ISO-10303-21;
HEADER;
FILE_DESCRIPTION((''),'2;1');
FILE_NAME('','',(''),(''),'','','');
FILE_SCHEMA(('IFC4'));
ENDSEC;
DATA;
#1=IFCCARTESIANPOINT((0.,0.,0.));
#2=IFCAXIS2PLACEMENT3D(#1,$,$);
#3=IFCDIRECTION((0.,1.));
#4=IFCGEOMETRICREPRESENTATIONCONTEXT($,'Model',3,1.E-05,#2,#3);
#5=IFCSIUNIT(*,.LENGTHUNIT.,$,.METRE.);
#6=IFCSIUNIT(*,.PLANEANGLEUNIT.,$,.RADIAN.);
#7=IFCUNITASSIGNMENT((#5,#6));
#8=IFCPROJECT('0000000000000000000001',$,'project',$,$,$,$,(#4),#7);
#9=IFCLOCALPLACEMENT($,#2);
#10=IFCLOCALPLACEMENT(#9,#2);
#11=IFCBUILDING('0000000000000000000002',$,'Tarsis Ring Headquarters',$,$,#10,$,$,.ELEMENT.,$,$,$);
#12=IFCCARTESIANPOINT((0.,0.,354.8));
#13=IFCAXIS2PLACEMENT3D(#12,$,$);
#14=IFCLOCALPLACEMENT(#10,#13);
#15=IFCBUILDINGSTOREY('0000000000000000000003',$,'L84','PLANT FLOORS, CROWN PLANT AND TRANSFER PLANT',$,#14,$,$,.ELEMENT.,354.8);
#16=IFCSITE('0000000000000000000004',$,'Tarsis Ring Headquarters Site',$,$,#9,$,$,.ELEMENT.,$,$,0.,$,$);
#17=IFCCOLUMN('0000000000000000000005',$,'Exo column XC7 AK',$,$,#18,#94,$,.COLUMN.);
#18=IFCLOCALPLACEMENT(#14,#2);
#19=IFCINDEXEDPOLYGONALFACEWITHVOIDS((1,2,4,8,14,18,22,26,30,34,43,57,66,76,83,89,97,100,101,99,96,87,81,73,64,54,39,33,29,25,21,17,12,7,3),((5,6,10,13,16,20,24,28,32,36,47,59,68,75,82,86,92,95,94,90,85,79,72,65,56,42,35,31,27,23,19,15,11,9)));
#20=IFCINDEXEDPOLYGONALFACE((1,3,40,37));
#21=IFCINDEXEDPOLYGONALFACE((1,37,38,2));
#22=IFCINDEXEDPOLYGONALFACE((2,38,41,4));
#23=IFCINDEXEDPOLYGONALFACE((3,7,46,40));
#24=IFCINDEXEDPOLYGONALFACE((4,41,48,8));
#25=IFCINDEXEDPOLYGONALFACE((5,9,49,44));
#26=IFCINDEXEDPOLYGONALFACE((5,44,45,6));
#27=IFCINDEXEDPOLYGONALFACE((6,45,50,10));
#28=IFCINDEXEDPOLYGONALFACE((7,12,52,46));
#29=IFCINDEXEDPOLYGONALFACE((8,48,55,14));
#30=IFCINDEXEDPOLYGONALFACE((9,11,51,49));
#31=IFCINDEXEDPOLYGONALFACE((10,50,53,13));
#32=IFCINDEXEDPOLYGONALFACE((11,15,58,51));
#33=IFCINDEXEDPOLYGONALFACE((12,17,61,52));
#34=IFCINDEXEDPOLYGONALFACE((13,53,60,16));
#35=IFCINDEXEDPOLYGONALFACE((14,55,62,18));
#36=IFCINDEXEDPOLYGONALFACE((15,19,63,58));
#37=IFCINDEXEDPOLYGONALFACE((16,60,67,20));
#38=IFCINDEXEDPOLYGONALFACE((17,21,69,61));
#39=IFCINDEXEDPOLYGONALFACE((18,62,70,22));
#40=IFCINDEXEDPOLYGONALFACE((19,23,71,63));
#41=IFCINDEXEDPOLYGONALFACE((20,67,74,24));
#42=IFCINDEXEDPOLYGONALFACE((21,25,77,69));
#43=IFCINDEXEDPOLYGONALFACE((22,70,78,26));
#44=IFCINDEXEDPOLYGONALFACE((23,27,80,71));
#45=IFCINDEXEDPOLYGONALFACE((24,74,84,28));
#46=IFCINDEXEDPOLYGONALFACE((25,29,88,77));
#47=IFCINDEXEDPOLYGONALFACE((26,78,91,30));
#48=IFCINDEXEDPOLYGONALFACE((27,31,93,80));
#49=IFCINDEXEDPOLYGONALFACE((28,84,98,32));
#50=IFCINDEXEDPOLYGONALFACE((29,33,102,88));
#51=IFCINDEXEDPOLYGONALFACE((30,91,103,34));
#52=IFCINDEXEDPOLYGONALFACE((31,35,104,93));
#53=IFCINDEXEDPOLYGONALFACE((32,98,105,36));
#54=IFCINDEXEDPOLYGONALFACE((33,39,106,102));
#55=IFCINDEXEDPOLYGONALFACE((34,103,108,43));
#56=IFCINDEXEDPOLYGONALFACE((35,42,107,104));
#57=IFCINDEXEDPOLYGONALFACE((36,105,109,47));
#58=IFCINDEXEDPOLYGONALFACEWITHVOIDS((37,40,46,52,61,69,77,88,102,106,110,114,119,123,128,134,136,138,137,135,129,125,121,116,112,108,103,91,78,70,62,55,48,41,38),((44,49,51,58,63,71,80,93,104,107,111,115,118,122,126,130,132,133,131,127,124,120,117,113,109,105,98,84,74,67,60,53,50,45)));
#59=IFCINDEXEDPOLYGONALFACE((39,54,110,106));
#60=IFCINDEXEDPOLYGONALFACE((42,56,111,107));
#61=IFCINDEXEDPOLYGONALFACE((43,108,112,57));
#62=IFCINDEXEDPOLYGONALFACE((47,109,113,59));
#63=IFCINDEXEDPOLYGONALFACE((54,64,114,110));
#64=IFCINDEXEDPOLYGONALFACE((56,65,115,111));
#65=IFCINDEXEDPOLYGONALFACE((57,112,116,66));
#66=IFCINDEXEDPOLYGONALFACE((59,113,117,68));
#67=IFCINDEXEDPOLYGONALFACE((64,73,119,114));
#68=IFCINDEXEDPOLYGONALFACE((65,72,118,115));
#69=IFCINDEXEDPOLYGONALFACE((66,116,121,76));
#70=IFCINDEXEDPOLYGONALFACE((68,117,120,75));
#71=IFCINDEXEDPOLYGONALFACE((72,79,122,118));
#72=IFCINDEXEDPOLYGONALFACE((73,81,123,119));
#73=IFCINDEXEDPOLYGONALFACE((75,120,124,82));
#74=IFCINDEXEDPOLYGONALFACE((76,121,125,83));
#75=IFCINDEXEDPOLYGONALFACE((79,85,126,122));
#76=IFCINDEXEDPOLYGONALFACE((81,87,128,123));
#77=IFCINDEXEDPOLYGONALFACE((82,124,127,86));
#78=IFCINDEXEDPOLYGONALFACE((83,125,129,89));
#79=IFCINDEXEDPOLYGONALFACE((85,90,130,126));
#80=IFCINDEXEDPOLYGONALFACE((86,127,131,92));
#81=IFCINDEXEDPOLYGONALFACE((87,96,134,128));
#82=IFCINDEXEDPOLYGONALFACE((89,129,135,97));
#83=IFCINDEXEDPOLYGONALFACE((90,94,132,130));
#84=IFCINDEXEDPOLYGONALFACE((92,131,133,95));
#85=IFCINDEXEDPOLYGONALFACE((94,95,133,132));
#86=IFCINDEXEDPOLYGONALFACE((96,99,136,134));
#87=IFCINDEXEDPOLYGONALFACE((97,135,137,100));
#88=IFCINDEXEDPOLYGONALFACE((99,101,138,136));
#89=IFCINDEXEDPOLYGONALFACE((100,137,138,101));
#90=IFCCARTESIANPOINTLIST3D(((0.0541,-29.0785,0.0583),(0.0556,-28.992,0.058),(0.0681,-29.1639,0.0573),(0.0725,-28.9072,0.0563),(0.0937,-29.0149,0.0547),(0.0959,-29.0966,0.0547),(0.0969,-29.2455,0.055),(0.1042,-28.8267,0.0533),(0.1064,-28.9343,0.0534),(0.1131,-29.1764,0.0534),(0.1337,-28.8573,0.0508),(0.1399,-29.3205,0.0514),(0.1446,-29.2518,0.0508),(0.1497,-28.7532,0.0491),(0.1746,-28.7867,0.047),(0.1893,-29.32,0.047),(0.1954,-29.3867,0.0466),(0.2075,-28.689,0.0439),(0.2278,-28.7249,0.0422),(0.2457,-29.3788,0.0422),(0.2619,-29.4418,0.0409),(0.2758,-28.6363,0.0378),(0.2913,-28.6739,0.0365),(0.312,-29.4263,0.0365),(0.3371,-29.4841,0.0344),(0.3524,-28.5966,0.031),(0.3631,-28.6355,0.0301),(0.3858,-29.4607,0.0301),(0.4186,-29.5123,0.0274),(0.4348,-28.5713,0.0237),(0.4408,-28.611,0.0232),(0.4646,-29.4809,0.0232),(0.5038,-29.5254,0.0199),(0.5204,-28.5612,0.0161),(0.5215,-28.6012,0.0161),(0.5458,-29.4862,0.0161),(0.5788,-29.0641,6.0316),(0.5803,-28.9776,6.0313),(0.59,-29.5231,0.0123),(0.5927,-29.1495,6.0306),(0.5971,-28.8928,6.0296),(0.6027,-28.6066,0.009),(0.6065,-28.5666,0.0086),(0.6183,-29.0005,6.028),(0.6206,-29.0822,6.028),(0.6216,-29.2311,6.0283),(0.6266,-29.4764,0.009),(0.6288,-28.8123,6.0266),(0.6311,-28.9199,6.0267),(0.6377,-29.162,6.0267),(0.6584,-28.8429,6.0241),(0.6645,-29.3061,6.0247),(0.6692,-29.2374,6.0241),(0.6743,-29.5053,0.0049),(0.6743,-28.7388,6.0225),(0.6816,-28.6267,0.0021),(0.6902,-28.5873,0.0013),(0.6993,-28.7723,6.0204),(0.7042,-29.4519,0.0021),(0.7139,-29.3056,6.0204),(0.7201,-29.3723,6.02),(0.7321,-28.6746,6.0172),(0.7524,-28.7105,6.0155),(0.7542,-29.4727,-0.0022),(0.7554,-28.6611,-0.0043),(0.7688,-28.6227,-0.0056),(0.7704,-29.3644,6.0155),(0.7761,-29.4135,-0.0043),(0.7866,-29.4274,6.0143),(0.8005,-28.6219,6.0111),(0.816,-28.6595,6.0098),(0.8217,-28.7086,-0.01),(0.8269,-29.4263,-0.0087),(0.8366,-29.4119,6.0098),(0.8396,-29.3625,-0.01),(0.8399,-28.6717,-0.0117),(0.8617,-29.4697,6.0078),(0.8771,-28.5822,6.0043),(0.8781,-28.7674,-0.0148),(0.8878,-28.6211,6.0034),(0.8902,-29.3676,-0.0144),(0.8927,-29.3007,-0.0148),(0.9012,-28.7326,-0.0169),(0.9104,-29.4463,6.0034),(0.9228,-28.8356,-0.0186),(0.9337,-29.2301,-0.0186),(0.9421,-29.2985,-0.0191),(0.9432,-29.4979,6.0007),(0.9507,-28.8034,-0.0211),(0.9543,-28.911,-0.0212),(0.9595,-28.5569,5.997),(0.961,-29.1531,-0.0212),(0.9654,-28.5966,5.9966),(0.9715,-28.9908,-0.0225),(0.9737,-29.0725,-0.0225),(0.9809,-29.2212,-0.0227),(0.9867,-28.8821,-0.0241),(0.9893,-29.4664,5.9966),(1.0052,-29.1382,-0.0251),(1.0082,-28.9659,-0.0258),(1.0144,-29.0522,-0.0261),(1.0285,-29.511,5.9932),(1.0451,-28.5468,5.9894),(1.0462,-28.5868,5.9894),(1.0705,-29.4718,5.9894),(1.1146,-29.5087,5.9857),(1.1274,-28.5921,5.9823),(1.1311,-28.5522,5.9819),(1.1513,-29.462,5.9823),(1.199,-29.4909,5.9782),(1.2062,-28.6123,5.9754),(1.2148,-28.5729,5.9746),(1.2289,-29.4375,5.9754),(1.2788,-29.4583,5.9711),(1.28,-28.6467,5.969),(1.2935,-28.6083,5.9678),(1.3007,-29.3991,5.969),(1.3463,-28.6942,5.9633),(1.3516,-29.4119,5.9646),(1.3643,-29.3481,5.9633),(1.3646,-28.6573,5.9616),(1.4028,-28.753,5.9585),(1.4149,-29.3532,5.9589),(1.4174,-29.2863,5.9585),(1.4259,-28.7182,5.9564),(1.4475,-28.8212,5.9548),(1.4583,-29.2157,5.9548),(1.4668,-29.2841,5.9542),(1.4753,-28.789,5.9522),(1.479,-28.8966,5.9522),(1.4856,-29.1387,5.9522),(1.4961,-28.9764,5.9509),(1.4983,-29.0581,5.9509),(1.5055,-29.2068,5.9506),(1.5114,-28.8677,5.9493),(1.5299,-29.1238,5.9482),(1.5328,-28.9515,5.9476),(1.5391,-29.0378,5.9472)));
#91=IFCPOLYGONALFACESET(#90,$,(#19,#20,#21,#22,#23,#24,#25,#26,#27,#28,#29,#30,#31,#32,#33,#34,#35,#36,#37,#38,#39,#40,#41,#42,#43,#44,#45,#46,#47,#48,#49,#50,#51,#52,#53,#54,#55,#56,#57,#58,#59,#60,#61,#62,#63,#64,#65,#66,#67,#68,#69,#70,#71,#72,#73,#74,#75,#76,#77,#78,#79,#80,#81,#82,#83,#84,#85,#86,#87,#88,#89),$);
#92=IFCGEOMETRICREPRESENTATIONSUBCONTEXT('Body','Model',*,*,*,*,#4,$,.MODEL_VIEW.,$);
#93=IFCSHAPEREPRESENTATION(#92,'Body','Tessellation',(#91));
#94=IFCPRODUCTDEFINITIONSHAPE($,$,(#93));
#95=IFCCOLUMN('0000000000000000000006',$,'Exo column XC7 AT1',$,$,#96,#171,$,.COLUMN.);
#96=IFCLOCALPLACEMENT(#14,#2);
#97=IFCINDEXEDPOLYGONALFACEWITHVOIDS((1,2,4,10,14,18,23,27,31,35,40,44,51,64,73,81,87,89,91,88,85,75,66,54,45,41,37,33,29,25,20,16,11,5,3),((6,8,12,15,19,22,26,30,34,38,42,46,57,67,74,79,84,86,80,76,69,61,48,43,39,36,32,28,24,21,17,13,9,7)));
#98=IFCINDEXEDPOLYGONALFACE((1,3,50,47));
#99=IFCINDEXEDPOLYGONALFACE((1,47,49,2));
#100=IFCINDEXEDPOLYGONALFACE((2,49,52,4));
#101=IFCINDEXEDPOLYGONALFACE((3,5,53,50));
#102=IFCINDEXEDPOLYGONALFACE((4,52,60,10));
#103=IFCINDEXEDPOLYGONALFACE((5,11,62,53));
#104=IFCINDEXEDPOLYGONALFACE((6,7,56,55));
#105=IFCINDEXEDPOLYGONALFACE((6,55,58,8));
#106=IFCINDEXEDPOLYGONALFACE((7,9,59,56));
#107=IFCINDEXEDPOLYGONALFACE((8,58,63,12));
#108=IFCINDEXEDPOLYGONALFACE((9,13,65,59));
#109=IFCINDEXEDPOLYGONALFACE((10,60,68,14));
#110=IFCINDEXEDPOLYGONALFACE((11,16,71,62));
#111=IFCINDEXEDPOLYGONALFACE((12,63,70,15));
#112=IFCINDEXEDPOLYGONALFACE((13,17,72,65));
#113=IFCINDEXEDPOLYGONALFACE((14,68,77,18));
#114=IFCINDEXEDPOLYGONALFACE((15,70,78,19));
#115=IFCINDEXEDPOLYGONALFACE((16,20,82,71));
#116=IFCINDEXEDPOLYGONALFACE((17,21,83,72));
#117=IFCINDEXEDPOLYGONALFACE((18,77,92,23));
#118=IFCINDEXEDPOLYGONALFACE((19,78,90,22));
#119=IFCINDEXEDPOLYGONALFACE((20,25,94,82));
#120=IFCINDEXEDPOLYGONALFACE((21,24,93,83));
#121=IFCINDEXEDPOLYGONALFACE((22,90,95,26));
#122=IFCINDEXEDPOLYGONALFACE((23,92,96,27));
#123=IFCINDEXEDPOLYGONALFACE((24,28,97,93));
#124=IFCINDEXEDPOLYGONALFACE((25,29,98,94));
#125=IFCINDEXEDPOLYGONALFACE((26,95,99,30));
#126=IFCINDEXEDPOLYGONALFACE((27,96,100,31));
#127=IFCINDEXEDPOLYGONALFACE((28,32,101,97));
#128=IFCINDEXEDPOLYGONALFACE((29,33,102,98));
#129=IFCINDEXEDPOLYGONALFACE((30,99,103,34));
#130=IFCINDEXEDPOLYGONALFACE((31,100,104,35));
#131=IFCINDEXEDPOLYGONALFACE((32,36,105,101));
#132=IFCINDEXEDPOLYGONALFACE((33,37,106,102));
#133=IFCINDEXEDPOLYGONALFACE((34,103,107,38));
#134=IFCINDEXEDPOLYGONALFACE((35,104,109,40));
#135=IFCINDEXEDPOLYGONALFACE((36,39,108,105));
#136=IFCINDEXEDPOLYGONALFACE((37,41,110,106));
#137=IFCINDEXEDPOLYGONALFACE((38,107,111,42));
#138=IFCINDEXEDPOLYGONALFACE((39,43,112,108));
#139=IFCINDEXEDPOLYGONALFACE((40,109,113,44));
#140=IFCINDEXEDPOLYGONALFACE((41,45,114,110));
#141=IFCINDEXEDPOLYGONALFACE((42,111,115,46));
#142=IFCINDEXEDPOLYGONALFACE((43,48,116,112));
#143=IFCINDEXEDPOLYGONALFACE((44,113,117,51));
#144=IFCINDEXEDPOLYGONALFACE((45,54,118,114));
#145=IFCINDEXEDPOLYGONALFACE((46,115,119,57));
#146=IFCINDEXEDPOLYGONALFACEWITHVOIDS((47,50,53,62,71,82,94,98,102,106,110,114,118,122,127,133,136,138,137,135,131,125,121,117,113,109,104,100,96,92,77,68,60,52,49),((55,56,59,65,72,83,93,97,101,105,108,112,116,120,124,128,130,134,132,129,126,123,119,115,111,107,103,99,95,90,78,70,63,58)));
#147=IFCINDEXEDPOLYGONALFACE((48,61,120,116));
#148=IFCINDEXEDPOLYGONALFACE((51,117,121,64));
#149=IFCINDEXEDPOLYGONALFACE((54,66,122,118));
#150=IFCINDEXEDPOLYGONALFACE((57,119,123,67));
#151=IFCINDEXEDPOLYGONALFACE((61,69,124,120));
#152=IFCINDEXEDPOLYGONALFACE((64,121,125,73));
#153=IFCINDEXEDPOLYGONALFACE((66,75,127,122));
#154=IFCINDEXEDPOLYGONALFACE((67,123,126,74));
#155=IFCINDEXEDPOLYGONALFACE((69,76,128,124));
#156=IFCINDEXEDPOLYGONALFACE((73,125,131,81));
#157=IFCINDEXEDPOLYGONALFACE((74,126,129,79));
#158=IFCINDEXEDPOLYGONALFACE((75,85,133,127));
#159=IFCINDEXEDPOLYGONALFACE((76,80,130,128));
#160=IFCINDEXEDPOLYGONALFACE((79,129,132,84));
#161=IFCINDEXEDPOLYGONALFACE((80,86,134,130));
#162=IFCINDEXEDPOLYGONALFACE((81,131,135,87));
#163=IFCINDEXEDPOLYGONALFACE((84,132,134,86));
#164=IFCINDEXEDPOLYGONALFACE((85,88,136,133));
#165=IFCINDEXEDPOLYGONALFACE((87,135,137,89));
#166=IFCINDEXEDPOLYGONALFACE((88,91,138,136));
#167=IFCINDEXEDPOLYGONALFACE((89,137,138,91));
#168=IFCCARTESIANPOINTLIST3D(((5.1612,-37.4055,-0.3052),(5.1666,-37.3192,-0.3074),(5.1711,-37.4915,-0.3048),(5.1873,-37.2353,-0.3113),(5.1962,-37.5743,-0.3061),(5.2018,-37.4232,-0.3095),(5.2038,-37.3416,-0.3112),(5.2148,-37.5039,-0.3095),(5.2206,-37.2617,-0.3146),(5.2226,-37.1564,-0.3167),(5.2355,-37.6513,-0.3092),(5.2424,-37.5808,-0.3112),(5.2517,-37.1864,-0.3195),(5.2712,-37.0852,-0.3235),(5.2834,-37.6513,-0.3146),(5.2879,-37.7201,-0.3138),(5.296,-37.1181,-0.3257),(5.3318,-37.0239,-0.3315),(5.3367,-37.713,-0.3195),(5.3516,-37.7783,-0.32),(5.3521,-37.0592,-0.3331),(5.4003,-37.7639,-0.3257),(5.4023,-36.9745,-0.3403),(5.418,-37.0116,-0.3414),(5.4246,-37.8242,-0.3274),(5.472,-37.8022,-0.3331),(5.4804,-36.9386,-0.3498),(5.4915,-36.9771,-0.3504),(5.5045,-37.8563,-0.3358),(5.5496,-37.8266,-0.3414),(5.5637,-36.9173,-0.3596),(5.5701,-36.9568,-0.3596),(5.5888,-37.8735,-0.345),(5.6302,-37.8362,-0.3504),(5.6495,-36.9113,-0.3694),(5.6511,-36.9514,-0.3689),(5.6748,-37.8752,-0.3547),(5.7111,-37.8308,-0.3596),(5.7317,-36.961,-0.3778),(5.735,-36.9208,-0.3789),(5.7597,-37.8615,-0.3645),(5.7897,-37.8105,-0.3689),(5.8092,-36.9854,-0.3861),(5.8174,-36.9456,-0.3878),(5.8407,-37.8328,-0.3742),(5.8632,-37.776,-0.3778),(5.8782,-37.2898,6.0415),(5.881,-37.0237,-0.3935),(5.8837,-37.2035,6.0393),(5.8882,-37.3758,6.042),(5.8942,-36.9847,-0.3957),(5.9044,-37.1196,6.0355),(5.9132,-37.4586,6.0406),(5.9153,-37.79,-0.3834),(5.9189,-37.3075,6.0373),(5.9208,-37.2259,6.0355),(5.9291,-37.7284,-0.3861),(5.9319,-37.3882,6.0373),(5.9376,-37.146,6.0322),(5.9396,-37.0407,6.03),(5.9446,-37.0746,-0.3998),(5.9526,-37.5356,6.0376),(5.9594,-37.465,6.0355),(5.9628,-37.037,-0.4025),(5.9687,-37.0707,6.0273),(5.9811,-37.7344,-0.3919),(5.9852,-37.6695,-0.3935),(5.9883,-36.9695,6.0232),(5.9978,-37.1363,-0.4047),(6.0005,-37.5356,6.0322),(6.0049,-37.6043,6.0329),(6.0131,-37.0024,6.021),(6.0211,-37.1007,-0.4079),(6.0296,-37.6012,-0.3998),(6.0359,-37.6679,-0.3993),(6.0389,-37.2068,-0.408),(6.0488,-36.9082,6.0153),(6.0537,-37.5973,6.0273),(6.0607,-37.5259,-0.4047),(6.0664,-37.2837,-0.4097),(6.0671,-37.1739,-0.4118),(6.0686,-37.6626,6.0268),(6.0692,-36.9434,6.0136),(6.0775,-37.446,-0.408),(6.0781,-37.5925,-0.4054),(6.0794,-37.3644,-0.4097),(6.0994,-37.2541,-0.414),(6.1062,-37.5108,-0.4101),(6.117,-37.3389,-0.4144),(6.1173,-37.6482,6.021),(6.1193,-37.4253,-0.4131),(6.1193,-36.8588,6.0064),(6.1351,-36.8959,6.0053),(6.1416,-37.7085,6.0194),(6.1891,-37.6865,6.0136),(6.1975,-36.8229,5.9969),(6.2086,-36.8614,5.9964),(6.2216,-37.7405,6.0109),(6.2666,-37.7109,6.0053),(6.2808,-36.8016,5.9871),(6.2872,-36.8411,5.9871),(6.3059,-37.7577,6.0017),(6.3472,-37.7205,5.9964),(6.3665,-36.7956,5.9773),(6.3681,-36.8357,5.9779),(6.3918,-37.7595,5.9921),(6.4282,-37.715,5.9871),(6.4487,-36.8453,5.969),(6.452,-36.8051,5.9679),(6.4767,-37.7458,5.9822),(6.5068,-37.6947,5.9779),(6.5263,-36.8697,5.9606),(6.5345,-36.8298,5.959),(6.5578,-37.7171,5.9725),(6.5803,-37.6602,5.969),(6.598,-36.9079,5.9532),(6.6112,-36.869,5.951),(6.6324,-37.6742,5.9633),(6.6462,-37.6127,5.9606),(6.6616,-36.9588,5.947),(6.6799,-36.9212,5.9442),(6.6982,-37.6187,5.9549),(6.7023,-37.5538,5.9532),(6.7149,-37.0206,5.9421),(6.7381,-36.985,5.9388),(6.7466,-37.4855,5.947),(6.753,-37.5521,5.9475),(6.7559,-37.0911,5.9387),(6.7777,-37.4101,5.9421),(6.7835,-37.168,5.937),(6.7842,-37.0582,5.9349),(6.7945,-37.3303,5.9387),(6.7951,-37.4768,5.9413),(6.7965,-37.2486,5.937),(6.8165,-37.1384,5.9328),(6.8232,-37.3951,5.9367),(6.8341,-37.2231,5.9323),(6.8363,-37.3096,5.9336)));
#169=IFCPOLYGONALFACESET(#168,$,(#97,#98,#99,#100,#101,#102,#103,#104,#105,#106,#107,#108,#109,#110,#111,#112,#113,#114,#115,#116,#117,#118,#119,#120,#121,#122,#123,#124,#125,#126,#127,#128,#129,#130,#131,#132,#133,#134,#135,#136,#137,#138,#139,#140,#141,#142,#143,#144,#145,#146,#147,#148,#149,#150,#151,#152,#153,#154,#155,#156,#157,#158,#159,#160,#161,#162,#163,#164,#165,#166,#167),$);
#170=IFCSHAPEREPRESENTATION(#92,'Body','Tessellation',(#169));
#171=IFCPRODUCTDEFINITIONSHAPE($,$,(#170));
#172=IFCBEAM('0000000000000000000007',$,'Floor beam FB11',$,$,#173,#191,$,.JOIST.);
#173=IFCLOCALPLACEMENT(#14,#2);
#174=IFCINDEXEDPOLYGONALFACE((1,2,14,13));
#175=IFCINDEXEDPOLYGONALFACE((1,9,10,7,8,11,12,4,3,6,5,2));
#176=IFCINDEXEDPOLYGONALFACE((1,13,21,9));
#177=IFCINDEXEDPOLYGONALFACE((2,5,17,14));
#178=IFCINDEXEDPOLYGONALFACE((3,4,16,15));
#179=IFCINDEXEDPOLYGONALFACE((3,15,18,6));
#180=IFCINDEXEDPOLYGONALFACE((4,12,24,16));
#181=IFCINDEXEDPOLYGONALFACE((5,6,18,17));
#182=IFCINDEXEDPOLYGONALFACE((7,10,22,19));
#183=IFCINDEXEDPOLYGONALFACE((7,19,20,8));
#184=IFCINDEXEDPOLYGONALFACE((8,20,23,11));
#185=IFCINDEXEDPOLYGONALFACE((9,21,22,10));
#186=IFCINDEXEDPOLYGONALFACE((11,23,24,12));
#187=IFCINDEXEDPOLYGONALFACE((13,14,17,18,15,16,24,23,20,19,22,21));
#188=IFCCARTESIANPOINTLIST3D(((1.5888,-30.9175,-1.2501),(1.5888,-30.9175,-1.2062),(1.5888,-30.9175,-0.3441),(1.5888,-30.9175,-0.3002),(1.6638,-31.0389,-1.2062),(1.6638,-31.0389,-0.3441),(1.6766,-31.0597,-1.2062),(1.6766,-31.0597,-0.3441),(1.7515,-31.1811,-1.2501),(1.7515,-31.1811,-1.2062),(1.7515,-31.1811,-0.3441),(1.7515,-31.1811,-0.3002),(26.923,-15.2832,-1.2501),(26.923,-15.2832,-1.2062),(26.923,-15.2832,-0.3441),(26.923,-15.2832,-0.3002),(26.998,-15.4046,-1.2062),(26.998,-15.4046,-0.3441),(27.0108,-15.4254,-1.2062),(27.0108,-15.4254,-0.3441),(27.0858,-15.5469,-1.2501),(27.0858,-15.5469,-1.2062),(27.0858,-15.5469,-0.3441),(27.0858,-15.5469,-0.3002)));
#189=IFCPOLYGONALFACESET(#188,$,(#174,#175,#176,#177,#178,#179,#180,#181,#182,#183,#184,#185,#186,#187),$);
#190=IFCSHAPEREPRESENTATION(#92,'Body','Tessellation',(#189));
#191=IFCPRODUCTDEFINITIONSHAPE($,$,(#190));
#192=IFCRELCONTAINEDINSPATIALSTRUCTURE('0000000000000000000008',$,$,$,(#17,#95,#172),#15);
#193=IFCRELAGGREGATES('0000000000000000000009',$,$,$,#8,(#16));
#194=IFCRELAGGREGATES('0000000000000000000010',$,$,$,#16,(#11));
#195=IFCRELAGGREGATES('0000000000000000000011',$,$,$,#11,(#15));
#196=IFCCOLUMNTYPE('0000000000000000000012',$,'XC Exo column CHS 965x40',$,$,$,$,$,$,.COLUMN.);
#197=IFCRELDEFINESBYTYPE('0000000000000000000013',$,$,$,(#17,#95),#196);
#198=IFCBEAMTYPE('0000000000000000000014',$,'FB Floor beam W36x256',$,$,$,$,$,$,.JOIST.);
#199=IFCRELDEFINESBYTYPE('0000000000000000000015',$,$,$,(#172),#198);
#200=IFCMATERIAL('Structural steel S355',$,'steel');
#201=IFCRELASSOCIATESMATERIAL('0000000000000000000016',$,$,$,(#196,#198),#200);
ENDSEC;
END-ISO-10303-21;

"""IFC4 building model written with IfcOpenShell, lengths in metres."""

from ifc_helpers import new_model, si_unit, direction, frame, origin, origin_2d, place, context, subcontext, project, spatial, hollow_circle, i_section, extrude, material, material_profile, profile_set, type_object, element, save


model = new_model("IFC4")

# Units and contexts
model_context = context("Model", 3, precision=1e-05, world=origin(), true_north=direction((0.0, 1.0)))
body_context = subcontext(model_context, "Body", "Model", "MODEL_VIEW")
ifc_project = project(units=[si_unit("LENGTHUNIT", "METRE"), si_unit("PLANEANGLEUNIT", "RADIAN")], contexts=[model_context])

# Site, building, storey
site_placement = place(None, origin())
site = spatial("IfcSite", under=ifc_project, at=site_placement, Name="Tarsis Ring Headquarters Site", CompositionType="ELEMENT", RefElevation=0.0)
building_placement = place(site_placement, origin())
building = spatial("IfcBuilding", under=site, at=building_placement, Name="Tarsis Ring Headquarters", CompositionType="ELEMENT")
storey_placement = place(building_placement, frame((0.0, 0.0, 354.8)))
storey = spatial("IfcBuildingStorey", under=building, at=storey_placement, Name="L84", Description="PLANT FLOORS, CROWN PLANT AND TRANSFER PLANT", CompositionType="ELEMENT", Elevation=354.8)

# Columns
ifc_material_1 = material(Name="Structural steel S355", Category="steel")
ifc_material_profile_1 = material_profile(ifc_material_1, hollow_circle(Radius=0.4827, WallThickness=0.04, at=origin_2d()), Name="CHS 965x40")
ifc_profile_set_1 = profile_set([ifc_material_profile_1], Name="Structural steel S355")
column_type = type_object("IfcColumnType", Name="XC Exo column CHS 965x40", PredefinedType="COLUMN", material=ifc_profile_set_1)
column_1_placement = place(storey_placement, frame((0.5337, -29.0437, 0.0161), z_axis=(0.087495, 0.002402, 0.996162), x_axis=(-0.027444, 0.999623, 0.0)))
element("IfcColumn", 1, at=column_1_placement, inside=storey, type_object=column_type, Name="Exo column XC7 AK", PredefinedType="COLUMN", context=body_context, shape_type="SweptSolid", body=[
    extrude(hollow_circle(Radius=0.4827, WallThickness=0.04, at=origin_2d()), origin(), (0.0, 0.0, 1.0), 5.9963),
])
column_2_placement = place(storey_placement, frame((5.6406, -37.3938, -0.3596), z_axis=(0.112246, 0.018115, 0.993515), x_axis=(-0.159328, 0.987226, 0.0)))
element("IfcColumn", 2, at=column_2_placement, inside=storey, type_object=column_type, Name="Exo column XC7 AT1", PredefinedType="COLUMN", context=body_context, shape_type="SweptSolid", body=[
    extrude(hollow_circle(Radius=0.4827, WallThickness=0.04, at=origin_2d()), origin(), (0.0, 0.0, 1.0), 6.3882),
])

# Beam
ifc_material_profile_2 = material_profile(ifc_material_1, i_section(OverallWidth=0.3098, OverallDepth=0.95, WebThickness=0.0244, FlangeThickness=0.0439, at=origin_2d()), Name="W36x256")
ifc_profile_set_2 = profile_set([ifc_material_profile_2], Name="Structural steel S355")
beam_type_1 = type_object("IfcBeamType", Name="FB Floor beam W36x256", PredefinedType="JOIST", material=ifc_profile_set_2)
beam_1_placement = place(storey_placement, frame((1.6702, -31.0493, -0.7751), z_axis=(0.850998, 0.525169, 0.0), x_axis=(-0.525169, 0.850998, 0.0)))
element("IfcBeam", 3, at=beam_1_placement, inside=storey, type_object=beam_type_1, Name="Floor beam FB11", PredefinedType="JOIST", context=body_context, shape_type="SweptSolid", body=[
    extrude(i_section(OverallWidth=0.3098, OverallDepth=0.95, WebThickness=0.0244, FlangeThickness=0.0439, at=origin_2d()), origin(), (0.0, 0.0, 1.0), 29.77),
])

save(model, "model.ifc")
